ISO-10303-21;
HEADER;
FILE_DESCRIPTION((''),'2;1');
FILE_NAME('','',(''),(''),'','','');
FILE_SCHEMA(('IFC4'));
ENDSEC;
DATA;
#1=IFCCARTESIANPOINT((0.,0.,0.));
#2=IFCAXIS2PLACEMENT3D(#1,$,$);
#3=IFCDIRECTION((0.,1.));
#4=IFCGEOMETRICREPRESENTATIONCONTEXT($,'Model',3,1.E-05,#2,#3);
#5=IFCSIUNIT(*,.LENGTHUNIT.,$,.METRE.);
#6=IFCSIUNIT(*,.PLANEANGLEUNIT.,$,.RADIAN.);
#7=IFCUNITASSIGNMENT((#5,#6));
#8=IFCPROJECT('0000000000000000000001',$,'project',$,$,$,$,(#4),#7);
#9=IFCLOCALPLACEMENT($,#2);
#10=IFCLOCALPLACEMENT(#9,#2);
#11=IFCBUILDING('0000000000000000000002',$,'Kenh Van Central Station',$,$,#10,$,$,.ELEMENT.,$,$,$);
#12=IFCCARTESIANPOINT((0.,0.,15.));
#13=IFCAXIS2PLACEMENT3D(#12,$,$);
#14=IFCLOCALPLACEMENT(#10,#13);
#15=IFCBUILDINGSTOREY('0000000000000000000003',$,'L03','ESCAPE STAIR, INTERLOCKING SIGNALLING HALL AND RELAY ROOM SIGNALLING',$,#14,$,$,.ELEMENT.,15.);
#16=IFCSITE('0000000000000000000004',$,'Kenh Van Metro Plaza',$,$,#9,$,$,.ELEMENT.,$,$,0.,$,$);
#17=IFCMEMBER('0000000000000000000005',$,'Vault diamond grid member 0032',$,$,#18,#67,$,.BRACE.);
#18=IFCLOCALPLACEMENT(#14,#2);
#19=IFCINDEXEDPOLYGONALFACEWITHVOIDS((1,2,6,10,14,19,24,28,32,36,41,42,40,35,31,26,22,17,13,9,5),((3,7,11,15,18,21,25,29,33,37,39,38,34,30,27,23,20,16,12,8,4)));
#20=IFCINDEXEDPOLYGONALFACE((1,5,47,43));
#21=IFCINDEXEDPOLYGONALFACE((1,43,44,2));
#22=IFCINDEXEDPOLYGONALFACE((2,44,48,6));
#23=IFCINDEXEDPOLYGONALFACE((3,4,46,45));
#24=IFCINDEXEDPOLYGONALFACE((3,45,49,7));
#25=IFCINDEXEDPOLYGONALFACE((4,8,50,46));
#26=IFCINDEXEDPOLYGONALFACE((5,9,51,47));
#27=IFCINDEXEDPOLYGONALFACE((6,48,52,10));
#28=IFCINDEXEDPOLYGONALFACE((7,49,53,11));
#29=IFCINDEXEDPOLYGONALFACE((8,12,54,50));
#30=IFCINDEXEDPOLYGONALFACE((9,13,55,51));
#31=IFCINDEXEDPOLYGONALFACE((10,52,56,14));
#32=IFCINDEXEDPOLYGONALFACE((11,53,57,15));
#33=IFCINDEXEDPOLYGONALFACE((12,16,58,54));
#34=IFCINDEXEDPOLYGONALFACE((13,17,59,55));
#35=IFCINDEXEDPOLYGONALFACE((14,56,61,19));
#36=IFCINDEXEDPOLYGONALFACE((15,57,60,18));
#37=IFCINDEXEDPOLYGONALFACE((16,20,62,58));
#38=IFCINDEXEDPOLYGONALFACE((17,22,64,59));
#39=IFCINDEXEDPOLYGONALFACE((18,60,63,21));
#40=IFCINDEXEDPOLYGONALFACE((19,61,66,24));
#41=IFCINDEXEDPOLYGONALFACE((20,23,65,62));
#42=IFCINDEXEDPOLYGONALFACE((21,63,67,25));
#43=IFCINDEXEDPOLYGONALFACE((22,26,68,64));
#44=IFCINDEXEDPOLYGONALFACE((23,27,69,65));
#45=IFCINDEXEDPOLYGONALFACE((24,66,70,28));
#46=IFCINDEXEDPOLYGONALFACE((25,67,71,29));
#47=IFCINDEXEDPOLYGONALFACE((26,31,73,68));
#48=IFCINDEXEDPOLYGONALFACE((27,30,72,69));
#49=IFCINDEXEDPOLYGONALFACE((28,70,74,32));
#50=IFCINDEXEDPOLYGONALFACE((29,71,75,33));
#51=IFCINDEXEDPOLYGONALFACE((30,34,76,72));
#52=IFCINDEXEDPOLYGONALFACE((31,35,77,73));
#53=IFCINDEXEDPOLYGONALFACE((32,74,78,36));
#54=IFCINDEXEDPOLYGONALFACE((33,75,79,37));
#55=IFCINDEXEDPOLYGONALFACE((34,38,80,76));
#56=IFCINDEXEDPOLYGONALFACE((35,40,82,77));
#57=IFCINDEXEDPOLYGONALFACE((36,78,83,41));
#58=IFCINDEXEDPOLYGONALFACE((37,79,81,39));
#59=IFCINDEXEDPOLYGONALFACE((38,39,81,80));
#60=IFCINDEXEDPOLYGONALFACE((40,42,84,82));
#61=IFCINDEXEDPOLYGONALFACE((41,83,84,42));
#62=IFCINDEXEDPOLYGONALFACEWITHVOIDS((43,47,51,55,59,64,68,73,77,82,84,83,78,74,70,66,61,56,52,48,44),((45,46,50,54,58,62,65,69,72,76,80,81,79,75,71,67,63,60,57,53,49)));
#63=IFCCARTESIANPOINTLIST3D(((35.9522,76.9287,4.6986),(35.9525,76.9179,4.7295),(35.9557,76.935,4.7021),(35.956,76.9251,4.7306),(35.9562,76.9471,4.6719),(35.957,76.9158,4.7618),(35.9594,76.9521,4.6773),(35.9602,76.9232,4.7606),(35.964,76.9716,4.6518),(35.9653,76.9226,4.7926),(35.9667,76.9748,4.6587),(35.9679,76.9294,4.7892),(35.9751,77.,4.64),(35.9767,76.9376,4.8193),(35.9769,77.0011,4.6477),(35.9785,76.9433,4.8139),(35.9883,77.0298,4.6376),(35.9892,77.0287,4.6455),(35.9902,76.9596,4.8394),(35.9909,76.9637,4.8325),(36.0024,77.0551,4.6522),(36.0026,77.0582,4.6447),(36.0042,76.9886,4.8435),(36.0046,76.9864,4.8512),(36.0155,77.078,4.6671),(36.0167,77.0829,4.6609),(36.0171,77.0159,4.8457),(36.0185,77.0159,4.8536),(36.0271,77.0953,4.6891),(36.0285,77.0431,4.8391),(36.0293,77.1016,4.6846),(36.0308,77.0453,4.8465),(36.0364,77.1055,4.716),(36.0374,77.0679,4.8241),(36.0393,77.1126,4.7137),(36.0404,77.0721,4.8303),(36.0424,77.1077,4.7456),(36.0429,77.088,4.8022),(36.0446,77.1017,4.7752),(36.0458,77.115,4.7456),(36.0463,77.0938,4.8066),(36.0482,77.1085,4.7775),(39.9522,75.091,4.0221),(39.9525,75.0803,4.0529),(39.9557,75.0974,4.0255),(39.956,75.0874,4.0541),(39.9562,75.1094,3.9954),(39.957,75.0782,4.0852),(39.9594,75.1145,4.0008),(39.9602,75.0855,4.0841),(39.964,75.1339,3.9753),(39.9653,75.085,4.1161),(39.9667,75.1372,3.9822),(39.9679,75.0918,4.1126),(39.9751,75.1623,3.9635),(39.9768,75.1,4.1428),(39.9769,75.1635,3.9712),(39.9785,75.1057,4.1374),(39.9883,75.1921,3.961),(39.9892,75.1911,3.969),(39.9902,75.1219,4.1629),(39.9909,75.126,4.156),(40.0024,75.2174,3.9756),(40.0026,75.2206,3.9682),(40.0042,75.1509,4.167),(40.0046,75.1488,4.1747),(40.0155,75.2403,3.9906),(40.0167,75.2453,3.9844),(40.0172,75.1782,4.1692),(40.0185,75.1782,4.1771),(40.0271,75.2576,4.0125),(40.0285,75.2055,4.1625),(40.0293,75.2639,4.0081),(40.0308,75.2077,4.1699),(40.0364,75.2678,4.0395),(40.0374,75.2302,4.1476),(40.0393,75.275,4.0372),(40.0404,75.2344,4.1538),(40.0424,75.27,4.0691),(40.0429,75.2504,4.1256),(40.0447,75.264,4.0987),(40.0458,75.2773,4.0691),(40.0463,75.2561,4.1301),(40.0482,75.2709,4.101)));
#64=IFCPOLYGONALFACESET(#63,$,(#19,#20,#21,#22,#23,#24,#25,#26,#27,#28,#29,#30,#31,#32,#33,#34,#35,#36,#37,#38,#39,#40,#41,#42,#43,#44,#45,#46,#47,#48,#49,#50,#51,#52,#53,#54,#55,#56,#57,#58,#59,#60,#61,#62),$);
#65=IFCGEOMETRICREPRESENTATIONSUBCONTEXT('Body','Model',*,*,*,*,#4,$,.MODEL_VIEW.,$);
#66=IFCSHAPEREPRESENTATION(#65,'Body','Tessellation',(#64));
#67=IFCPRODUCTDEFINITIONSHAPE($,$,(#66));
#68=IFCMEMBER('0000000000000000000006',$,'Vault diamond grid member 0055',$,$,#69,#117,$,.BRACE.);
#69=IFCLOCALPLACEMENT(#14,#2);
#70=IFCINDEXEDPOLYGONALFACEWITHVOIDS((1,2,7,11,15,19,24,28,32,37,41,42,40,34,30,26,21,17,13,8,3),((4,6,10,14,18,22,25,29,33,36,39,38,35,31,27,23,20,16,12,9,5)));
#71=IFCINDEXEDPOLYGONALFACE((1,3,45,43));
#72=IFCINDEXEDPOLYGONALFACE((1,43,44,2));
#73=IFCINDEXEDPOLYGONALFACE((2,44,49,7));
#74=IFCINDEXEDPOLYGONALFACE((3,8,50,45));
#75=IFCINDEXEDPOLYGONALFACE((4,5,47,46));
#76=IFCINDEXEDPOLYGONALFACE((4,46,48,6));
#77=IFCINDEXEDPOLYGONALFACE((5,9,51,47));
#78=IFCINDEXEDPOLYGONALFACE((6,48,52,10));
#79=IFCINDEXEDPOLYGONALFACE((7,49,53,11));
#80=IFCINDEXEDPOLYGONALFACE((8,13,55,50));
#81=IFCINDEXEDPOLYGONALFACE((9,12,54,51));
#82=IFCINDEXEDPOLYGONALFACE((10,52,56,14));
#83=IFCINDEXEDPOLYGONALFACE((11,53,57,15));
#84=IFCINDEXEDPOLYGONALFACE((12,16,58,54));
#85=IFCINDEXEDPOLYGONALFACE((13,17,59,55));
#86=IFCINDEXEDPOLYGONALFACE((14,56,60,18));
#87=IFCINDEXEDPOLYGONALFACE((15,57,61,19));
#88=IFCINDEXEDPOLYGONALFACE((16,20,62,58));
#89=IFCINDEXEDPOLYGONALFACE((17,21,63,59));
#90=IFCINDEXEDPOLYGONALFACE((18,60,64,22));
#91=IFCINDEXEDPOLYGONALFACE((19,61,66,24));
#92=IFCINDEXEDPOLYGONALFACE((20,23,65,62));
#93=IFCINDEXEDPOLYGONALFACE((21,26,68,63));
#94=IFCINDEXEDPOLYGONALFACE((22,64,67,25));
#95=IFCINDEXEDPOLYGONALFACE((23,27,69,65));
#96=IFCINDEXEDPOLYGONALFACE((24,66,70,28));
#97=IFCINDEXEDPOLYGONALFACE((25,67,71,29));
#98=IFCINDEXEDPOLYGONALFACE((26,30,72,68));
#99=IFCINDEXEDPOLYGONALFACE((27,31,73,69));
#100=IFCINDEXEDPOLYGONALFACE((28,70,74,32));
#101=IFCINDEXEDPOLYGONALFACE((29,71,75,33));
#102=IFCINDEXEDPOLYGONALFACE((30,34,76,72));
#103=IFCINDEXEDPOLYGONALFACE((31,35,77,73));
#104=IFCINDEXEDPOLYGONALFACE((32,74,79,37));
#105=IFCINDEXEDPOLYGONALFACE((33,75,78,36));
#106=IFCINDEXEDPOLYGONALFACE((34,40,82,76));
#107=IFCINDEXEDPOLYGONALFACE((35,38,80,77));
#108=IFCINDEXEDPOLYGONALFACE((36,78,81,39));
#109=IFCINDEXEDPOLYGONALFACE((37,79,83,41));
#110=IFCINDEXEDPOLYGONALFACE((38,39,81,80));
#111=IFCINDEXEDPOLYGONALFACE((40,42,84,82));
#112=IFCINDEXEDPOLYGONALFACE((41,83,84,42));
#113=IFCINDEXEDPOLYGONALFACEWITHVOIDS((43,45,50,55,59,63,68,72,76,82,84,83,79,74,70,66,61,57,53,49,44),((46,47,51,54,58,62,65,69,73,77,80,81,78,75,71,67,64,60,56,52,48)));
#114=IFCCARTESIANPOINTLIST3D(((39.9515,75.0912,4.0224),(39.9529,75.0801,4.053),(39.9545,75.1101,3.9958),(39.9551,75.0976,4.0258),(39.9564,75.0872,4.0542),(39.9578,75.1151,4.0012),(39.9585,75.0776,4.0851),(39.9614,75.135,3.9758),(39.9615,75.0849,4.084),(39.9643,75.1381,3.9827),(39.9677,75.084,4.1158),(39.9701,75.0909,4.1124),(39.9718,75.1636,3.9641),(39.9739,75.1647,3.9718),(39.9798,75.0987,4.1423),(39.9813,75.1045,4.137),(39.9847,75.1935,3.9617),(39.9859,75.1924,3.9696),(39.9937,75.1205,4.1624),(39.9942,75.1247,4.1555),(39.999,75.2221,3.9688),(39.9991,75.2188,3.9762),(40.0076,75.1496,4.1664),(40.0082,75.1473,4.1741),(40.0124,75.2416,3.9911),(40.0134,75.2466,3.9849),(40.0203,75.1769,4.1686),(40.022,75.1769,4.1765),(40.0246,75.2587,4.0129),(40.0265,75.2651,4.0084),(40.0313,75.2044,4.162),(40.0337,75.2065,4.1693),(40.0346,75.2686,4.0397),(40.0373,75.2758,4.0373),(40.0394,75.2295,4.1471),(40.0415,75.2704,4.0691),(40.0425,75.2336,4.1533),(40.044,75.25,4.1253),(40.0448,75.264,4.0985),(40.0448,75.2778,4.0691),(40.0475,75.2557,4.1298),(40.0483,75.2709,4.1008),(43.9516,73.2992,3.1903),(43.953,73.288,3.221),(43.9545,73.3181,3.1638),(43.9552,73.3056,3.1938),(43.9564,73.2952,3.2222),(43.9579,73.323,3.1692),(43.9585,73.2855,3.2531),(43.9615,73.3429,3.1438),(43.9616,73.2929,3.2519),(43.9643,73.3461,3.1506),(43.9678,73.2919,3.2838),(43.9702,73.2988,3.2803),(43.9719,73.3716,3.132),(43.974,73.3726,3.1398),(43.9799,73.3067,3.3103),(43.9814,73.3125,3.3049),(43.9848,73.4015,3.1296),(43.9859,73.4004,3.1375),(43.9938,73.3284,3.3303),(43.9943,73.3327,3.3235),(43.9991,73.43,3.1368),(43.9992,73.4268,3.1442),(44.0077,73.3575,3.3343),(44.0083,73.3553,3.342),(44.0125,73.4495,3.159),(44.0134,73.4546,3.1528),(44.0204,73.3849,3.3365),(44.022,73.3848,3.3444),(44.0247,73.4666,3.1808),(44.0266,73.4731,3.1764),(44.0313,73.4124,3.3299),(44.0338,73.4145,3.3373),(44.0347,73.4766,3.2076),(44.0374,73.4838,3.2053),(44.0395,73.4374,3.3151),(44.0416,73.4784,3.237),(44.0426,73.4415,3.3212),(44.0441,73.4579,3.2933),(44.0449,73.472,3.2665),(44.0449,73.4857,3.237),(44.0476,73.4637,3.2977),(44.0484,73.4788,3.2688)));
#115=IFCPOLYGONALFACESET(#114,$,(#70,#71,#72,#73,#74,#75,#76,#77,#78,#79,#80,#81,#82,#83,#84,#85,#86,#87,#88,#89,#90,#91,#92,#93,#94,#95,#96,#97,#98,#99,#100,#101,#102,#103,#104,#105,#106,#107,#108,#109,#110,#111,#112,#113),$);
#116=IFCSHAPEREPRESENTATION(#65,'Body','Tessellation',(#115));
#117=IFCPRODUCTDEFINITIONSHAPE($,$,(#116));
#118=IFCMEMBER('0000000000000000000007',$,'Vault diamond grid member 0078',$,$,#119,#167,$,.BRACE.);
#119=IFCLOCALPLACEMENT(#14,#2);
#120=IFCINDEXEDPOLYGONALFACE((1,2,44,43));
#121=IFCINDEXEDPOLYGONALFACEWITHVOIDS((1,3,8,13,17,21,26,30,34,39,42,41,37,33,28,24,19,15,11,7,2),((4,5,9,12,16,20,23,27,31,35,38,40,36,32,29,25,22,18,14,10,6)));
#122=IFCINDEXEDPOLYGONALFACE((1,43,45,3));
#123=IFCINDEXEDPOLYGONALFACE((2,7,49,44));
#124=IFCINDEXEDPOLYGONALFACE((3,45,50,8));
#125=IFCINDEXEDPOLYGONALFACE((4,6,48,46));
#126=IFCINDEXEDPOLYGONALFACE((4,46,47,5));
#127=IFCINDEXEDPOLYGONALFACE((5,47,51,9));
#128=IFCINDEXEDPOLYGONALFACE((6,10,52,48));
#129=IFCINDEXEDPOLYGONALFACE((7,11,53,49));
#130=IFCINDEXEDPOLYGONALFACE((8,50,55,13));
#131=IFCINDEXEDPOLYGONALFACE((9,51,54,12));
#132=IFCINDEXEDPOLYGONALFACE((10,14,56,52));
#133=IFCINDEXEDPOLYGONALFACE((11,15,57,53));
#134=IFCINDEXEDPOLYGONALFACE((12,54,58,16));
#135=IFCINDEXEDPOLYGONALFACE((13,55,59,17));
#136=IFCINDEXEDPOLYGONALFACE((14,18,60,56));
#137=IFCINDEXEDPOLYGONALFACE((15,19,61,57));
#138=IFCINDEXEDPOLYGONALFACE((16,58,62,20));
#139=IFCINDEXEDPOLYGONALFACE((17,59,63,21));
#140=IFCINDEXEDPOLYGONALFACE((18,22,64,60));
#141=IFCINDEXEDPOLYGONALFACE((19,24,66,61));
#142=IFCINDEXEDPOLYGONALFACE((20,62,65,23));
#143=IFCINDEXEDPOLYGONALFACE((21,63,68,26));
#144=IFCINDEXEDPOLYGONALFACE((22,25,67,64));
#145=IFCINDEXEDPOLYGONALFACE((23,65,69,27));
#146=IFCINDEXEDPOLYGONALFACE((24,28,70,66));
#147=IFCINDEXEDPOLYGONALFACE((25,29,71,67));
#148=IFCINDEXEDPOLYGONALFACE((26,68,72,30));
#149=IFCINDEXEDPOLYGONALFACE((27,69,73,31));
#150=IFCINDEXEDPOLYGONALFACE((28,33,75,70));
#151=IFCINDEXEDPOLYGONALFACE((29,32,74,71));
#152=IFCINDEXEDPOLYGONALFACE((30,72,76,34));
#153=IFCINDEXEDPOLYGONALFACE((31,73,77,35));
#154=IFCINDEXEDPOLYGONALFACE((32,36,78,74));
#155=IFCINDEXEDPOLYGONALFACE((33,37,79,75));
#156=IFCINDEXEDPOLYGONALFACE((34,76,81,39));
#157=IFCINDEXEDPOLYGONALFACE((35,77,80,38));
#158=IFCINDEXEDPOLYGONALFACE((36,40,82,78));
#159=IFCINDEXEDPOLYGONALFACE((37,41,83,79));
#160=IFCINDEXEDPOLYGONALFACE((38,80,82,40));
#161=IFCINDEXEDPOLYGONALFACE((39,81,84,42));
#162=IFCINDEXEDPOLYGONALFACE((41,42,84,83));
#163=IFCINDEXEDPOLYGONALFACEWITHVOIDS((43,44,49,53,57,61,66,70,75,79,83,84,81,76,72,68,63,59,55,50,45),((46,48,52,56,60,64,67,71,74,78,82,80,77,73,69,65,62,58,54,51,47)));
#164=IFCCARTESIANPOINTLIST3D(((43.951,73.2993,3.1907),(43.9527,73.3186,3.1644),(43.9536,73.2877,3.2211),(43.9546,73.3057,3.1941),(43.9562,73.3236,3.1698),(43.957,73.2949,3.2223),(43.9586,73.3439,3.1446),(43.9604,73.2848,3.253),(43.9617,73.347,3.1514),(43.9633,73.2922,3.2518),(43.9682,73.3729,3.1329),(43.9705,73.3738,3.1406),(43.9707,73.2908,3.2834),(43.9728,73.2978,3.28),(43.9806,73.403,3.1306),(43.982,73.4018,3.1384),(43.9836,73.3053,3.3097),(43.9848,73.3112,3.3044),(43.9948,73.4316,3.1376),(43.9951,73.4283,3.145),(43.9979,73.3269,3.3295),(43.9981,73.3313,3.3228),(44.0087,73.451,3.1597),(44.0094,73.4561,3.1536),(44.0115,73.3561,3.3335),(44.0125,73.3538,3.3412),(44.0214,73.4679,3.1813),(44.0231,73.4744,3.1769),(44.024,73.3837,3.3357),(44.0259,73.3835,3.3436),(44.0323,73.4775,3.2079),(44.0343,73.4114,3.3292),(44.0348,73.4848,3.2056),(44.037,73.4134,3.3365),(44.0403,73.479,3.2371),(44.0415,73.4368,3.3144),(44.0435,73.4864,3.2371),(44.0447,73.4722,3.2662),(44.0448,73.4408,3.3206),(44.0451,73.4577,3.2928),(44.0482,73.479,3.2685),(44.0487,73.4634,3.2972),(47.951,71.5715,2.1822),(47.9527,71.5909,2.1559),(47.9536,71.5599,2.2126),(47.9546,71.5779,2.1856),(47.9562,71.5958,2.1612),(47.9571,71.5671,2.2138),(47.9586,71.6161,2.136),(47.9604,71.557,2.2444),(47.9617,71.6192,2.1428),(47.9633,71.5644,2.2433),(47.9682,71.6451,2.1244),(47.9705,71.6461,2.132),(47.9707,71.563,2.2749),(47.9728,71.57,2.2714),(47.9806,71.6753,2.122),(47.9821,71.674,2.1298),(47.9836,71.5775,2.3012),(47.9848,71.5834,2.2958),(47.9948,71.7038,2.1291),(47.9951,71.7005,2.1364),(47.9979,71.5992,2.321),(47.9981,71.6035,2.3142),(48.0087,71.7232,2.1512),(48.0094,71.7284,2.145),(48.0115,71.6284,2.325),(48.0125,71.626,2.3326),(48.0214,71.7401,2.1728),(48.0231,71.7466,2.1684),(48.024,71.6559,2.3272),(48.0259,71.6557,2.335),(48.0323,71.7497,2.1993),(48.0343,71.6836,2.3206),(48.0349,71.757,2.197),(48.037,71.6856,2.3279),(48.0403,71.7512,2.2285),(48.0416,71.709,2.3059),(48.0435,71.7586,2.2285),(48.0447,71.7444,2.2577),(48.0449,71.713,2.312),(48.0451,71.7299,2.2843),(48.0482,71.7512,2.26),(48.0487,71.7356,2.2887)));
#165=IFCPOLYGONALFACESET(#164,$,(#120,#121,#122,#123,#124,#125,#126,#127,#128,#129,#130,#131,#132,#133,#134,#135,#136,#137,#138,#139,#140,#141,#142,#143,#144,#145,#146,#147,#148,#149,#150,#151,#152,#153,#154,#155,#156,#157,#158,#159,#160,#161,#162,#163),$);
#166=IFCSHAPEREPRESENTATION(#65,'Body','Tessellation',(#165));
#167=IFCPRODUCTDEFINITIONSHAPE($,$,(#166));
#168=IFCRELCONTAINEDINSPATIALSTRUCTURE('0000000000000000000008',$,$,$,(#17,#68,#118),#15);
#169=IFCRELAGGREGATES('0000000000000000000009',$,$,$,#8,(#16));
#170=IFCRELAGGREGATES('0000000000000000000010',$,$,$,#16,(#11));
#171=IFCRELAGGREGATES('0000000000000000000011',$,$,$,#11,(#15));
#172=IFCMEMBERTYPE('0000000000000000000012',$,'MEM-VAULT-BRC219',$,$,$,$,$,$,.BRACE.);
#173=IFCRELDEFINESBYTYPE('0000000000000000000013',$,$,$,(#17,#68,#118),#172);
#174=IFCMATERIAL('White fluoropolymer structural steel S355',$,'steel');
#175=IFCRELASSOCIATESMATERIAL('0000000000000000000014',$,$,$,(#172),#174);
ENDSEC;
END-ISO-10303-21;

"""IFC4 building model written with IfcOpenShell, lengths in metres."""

from ifc_helpers import new_model, si_unit, direction, frame, origin, origin_2d, place, context, subcontext, project, spatial, hollow_circle, extrude, material, material_profile, profile_set, type_object, element, save


model = new_model("IFC4")

# Units and contexts
model_context = context("Model", 3, precision=1e-05, world=origin(), true_north=direction((0.0, 1.0)))
body_context = subcontext(model_context, "Body", "Model", "MODEL_VIEW")
ifc_project = project(units=[si_unit("LENGTHUNIT", "METRE"), si_unit("PLANEANGLEUNIT", "RADIAN")], contexts=[model_context])

# Site, building, storey
site_placement = place(None, origin())
site = spatial("IfcSite", under=ifc_project, at=site_placement, Name="Kenh Van Metro Plaza", CompositionType="ELEMENT", RefElevation=0.0)
building_placement = place(site_placement, origin())
building = spatial("IfcBuilding", under=site, at=building_placement, Name="Kenh Van Central Station", CompositionType="ELEMENT")
storey_placement = place(building_placement, frame((0.0, 0.0, 15.0)))
storey = spatial("IfcBuildingStorey", under=building, at=storey_placement, Name="L03", Description="ESCAPE STAIR, INTERLOCKING SIGNALLING HALL AND RELAY ROOM SIGNALLING", CompositionType="ELEMENT", Elevation=15.0)

# Shared definitions
ifc_material_1 = material(Name="White fluoropolymer structural steel S355", Category="steel")

# Members
ifc_material_profile_1 = material_profile(ifc_material_1, hollow_circle(Radius=0.1096, WallThickness=0.0081, at=origin_2d()), Name="CHS 219.1x8")
ifc_profile_set_1 = profile_set([ifc_material_profile_1], Name="White fluoropolymer structural steel S355")
member_type_1 = type_object("IfcMemberType", Name="MEM-VAULT-BRC219", PredefinedType="BRACE", material=ifc_profile_set_1)
member_1_placement = place(storey_placement, frame((36.0, 77.0154, 4.7456), z_axis=(0.898148, -0.41262, -0.151902), x_axis=(0.417464, 0.908693, 0.0)))
element("IfcMember", 1, at=member_1_placement, inside=storey, type_object=member_type_1, Name="Vault diamond grid member 0032", PredefinedType="BRACE", context=body_context, shape_type="SweptSolid", body=[
    extrude(hollow_circle(Radius=0.1096, WallThickness=0.0081, at=origin_2d()), origin(), (0.0, 0.0, 1.0), 4.4536),
])
member_2_placement = place(storey_placement, frame((40.0, 75.1777, 4.0691), z_axis=(0.896593, -0.401672, -0.186498), x_axis=(0.408845, 0.912604, 0.0)))
element("IfcMember", 2, at=member_2_placement, inside=storey, type_object=member_type_1, Name="Vault diamond grid member 0055", PredefinedType="BRACE", context=body_context, shape_type="SweptSolid", body=[
    extrude(hollow_circle(Radius=0.1096, WallThickness=0.0081, at=origin_2d()), origin(), (0.0, 0.0, 1.0), 4.4614),
])
member_3_placement = place(storey_placement, frame((44.0, 73.3857, 3.2371), z_axis=(0.894374, -0.386321, -0.225504), x_axis=(0.396535, 0.91802, 0.0)))
element("IfcMember", 3, at=member_3_placement, inside=storey, type_object=member_type_1, Name="Vault diamond grid member 0078", PredefinedType="BRACE", context=body_context, shape_type="SweptSolid", body=[
    extrude(hollow_circle(Radius=0.1096, WallThickness=0.0081, at=origin_2d()), origin(), (0.0, 0.0, 1.0), 4.4724),
])

save(model, "model.ifc")
